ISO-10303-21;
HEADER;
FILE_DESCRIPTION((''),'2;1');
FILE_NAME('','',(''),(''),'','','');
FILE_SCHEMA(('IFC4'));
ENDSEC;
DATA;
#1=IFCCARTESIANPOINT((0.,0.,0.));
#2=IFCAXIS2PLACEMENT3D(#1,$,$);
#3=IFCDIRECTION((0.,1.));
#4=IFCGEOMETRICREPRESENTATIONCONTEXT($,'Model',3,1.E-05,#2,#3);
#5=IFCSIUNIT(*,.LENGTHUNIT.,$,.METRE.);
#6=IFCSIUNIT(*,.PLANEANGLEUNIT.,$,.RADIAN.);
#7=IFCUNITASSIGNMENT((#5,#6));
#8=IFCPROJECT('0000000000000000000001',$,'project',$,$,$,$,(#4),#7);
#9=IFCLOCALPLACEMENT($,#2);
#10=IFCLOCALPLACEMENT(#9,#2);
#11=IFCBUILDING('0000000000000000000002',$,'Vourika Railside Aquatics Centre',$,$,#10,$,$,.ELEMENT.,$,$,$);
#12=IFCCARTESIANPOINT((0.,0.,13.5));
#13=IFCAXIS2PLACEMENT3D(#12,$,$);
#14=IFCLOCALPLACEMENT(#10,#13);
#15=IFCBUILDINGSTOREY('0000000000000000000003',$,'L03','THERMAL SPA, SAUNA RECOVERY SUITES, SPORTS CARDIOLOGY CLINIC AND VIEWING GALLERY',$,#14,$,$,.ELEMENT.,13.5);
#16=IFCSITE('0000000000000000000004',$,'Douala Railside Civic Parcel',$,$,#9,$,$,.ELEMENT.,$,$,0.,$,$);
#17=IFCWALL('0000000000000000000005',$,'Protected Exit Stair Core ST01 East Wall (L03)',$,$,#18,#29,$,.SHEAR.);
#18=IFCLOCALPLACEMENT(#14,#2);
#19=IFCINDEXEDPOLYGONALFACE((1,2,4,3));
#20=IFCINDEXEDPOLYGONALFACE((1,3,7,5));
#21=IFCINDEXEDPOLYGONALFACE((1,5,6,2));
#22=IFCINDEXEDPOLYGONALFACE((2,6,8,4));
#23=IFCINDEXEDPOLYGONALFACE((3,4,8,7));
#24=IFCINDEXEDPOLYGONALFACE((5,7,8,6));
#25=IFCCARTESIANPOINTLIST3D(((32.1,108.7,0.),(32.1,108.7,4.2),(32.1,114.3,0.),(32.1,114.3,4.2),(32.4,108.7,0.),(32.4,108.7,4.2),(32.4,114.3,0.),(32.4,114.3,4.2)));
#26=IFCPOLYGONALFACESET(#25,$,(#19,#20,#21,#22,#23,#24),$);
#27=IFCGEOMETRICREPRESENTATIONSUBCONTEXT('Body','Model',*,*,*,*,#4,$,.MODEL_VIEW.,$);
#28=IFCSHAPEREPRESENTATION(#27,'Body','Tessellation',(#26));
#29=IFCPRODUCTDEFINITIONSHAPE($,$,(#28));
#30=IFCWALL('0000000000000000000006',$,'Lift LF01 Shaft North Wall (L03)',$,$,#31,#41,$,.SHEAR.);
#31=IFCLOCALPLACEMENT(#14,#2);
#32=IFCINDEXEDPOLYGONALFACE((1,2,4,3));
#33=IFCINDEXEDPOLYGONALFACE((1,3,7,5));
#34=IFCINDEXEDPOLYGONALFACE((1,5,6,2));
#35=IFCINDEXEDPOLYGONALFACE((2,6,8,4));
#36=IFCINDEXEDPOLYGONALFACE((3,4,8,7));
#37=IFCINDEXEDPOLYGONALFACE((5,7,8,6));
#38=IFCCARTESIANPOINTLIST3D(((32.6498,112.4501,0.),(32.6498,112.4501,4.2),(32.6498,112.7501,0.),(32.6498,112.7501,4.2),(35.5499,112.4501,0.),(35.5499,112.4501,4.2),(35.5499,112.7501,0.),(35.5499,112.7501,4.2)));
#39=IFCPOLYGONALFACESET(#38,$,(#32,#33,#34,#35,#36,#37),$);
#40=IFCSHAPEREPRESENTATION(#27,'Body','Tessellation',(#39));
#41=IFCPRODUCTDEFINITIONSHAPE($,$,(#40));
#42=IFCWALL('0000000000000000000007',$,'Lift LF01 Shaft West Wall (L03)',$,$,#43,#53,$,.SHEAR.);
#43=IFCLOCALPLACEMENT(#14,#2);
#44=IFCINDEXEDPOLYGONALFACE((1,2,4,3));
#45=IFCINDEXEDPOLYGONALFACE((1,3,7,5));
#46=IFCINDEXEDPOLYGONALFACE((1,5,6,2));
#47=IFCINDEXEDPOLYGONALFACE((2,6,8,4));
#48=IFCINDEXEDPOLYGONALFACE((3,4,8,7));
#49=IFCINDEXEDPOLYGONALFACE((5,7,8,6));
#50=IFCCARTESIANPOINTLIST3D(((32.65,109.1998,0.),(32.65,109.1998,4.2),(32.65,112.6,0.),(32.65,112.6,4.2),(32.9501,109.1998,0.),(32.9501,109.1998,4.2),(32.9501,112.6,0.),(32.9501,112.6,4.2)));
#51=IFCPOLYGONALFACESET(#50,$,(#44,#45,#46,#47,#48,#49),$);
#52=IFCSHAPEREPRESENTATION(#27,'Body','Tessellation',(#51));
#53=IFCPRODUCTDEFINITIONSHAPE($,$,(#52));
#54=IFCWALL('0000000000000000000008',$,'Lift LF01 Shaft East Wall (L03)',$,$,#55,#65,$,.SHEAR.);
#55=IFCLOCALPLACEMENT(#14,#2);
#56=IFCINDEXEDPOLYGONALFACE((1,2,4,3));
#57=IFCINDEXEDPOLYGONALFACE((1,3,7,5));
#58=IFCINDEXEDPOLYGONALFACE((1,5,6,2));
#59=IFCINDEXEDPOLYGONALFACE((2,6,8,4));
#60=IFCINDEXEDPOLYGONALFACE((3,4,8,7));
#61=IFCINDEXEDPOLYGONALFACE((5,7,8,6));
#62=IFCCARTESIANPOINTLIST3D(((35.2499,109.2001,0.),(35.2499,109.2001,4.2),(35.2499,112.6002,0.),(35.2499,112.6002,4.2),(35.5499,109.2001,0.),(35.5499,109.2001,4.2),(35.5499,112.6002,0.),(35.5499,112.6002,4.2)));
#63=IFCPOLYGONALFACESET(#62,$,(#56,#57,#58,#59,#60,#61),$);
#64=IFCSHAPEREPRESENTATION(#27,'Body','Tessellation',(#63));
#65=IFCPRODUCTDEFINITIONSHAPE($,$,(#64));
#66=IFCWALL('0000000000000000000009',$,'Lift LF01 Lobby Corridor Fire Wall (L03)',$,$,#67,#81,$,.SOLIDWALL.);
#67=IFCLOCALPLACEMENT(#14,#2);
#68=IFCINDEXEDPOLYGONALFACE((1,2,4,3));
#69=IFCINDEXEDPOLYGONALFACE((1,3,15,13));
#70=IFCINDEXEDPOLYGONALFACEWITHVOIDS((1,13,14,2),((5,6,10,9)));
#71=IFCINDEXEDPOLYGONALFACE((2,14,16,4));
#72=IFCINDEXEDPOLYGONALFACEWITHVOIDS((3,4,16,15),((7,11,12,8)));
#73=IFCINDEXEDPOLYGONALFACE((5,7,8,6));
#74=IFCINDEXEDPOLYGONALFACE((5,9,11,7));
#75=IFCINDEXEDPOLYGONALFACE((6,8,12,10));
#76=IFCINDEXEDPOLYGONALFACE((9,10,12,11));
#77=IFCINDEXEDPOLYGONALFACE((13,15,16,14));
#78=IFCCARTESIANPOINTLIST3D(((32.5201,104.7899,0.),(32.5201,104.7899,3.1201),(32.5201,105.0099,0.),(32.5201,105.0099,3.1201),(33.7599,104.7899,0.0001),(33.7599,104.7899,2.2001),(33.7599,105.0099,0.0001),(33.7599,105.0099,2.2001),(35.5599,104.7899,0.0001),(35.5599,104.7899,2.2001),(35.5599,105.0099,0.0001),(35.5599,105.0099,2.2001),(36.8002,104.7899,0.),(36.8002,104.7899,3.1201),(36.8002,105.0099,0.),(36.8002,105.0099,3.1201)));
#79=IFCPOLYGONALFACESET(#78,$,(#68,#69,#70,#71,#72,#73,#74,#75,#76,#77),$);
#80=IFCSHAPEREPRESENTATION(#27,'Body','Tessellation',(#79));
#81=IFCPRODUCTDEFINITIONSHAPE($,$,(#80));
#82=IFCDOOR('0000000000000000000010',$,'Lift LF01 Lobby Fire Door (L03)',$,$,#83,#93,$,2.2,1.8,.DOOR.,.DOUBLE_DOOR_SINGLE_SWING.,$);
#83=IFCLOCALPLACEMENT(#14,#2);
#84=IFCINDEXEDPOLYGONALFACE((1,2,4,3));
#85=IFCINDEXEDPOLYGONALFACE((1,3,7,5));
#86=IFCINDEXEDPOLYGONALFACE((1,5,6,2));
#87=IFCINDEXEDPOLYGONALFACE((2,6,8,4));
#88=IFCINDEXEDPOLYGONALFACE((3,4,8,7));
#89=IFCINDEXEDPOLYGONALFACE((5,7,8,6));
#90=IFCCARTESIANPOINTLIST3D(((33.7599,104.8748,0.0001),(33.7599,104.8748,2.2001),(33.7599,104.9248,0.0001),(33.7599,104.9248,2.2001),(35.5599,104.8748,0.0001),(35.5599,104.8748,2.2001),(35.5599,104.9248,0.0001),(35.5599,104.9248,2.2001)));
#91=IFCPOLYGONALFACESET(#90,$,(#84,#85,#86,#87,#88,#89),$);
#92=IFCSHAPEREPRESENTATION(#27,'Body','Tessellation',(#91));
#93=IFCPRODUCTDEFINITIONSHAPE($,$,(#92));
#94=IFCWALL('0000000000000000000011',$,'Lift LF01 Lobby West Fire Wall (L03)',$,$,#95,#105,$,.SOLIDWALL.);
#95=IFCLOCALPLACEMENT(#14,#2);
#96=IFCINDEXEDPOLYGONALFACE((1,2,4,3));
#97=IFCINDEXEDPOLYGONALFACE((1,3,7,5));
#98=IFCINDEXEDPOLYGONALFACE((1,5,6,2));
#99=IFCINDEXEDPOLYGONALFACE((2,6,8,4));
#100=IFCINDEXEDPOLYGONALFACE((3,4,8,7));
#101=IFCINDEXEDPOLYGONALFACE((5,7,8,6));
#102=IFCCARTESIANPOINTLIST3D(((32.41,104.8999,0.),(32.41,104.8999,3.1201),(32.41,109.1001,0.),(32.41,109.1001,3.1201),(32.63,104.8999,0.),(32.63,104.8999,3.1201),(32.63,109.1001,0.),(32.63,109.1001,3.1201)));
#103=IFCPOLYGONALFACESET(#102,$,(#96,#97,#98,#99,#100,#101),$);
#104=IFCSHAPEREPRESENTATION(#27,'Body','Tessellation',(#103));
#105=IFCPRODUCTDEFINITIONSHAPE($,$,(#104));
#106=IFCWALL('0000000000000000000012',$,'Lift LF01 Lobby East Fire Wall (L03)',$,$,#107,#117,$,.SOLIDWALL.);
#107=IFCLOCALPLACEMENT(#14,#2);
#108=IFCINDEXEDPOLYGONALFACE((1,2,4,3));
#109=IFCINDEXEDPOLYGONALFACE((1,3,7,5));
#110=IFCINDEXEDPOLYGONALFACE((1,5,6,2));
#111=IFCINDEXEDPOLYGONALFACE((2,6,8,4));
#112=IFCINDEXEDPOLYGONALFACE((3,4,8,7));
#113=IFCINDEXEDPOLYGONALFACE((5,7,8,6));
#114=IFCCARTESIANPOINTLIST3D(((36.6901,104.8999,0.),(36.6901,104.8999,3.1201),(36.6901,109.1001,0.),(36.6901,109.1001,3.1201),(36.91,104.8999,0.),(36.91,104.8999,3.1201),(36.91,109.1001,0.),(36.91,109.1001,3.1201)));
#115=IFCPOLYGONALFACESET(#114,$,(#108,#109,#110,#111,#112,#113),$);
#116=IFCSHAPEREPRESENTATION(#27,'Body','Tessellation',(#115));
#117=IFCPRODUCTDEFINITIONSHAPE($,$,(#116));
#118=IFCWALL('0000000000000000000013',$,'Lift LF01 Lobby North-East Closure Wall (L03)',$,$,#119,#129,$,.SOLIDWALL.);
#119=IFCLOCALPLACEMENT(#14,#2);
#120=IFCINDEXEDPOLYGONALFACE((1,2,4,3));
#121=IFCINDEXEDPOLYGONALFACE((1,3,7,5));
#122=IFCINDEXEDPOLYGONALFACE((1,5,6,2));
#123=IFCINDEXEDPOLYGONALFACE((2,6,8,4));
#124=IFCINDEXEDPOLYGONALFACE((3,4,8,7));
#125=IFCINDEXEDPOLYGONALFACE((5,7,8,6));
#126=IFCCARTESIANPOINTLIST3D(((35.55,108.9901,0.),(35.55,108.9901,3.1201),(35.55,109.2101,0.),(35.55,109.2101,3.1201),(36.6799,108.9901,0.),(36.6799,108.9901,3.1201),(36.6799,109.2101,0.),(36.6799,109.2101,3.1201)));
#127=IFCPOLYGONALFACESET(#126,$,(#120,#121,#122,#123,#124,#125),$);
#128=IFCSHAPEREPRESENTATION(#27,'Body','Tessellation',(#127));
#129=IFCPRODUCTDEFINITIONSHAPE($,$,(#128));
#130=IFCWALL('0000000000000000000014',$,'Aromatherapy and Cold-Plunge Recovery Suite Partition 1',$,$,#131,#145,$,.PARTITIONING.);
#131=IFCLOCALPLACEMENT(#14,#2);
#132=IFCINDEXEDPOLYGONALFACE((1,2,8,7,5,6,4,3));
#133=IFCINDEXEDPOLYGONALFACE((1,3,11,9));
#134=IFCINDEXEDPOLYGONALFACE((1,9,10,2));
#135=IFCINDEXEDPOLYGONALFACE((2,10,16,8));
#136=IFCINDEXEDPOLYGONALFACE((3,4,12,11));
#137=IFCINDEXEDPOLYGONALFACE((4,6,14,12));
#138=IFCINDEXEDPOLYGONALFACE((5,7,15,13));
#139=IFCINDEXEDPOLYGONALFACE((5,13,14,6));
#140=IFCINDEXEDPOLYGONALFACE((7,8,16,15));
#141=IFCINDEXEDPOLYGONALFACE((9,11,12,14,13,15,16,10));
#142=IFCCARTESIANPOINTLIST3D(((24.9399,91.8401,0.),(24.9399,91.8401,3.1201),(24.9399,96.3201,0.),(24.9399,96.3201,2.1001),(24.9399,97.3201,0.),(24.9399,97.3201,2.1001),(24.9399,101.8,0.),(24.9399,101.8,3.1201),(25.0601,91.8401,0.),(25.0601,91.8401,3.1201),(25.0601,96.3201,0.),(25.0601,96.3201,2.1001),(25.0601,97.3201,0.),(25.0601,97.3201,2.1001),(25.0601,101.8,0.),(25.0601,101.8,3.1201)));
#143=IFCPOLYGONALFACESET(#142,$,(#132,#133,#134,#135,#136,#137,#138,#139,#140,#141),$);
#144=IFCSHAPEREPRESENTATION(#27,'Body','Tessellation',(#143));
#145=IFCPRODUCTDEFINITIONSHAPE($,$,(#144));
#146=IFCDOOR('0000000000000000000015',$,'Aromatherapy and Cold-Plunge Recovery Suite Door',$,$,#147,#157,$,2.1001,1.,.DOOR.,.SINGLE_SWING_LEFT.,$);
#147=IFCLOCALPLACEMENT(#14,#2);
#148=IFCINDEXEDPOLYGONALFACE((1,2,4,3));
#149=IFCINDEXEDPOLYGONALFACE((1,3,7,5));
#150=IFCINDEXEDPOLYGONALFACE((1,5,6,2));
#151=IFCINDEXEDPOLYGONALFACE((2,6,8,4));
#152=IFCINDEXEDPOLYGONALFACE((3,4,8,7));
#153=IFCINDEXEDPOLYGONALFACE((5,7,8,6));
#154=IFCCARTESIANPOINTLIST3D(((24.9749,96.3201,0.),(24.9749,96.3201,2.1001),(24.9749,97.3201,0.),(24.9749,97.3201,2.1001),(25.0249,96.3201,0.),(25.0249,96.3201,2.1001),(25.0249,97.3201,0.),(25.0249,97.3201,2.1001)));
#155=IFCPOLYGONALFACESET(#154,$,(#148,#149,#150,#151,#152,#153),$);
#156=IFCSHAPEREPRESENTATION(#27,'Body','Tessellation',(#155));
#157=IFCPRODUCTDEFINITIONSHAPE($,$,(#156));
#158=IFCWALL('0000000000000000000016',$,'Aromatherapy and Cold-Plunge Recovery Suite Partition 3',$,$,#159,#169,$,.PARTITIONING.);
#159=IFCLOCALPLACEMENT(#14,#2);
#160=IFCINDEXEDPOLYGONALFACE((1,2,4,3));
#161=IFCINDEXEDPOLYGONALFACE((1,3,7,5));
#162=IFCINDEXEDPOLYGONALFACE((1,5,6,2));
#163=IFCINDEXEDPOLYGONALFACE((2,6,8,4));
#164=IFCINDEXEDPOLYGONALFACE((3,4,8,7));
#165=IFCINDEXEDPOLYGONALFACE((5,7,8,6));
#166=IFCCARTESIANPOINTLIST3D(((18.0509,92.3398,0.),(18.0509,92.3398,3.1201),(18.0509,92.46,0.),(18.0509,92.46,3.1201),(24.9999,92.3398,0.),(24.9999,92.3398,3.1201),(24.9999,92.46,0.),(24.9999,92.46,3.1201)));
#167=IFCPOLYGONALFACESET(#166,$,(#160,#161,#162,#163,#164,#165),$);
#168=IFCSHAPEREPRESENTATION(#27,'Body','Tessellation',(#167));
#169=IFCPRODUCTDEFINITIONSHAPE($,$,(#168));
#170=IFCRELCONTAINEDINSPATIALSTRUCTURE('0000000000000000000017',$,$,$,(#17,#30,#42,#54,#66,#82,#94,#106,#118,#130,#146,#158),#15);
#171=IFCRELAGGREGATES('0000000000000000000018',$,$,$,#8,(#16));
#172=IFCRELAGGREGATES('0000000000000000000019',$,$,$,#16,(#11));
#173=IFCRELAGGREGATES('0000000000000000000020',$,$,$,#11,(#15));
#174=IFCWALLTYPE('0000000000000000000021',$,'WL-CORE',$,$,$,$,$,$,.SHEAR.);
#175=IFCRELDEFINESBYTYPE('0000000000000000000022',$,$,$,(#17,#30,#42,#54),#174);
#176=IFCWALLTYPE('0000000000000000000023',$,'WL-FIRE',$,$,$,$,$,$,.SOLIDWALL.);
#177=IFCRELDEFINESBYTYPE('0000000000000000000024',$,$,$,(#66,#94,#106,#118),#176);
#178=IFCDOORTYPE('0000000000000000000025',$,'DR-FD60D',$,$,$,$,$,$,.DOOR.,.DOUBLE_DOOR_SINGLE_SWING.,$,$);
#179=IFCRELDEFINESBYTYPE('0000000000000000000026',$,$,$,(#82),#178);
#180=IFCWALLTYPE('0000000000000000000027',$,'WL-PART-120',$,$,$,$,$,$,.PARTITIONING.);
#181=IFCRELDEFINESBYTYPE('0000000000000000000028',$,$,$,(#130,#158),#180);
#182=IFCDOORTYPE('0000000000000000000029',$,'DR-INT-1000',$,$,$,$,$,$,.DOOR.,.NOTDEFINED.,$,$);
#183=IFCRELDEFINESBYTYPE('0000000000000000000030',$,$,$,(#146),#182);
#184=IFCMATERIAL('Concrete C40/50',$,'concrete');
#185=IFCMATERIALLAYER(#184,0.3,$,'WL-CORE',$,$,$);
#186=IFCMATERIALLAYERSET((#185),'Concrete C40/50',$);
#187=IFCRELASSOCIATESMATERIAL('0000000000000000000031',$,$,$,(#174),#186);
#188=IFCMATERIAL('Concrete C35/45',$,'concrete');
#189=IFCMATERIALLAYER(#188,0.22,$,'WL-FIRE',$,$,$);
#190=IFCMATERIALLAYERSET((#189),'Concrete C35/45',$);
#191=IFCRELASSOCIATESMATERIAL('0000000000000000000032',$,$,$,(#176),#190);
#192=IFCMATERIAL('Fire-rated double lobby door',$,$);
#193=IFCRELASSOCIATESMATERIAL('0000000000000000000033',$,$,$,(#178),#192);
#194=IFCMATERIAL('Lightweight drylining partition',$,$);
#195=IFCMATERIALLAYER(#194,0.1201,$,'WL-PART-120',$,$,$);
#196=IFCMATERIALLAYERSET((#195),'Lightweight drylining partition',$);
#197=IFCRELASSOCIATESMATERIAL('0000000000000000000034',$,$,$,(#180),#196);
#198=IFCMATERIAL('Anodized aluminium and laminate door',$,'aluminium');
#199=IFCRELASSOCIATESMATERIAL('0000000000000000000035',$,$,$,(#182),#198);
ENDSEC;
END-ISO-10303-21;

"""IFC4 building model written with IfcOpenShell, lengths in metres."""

from ifc_helpers import new_model, si_unit, direction, frame, frame_2d, origin, place, context, subcontext, project, spatial, rectangle, extrude, material, layer, layer_set, type_object, element, fill, save


model = new_model("IFC4")

# Units and contexts
model_context = context("Model", 3, precision=1e-05, world=origin(), true_north=direction((0.0, 1.0)))
body_context = subcontext(model_context, "Body", "Model", "MODEL_VIEW")
ifc_project = project(units=[si_unit("LENGTHUNIT", "METRE"), si_unit("PLANEANGLEUNIT", "RADIAN")], contexts=[model_context])

# Site, building, storey
site_placement = place(None, origin())
site = spatial("IfcSite", under=ifc_project, at=site_placement, Name="Douala Railside Civic Parcel", CompositionType="ELEMENT", RefElevation=0.0)
building_placement = place(site_placement, origin())
building = spatial("IfcBuilding", under=site, at=building_placement, Name="Vourika Railside Aquatics Centre", CompositionType="ELEMENT")
storey_placement = place(building_placement, frame((0.0, 0.0, 13.5)))
storey = spatial("IfcBuildingStorey", under=building, at=storey_placement, Name="L03", Description="THERMAL SPA, SAUNA RECOVERY SUITES, SPORTS CARDIOLOGY CLINIC AND VIEWING GALLERY", CompositionType="ELEMENT", Elevation=13.5)

# Shared definitions
ifc_material_1 = material(Name="Concrete C35/45", Category="concrete")

# Wall
ifc_material_2 = material(Name="Concrete C40/50", Category="concrete")
ifc_layer_1 = layer(ifc_material_2, 0.3, Name="WL-CORE")
ifc_layer_set_1 = layer_set([ifc_layer_1], Name="Concrete C40/50")
wall_type_1 = type_object("IfcWallType", Name="WL-CORE", PredefinedType="SHEAR", material=ifc_layer_set_1)
wall_1_placement = place(storey_placement, frame((32.25, 108.7, 0.0), z_axis=(0.0, 0.0, 1.0), x_axis=(0.0, 1.0, 0.0)))
element("IfcWall", 1, at=wall_1_placement, inside=storey, type_object=wall_type_1, Name="Protected Exit Stair Core ST01 East Wall (L03)", PredefinedType="SHEAR", context=body_context, shape_type="SweptSolid", body=[
    extrude(rectangle(XDim=5.6001, YDim=0.3, at=frame_2d((2.8, 0.0))), origin(), (0.0, 0.0, 1.0), 4.2),
])

# Walls
wall_2_placement = place(storey_placement, frame((35.55, 112.6001, 0.0), z_axis=(0.0, 0.0, 1.0), x_axis=(-1.0, 0.0, 0.0)))
element("IfcWall", 2, at=wall_2_placement, inside=storey, type_object=wall_type_1, Name="Lift LF01 Shaft North Wall (L03)", PredefinedType="SHEAR", context=body_context, shape_type="SweptSolid", body=[
    extrude(rectangle(XDim=2.9001, YDim=0.3, at=frame_2d((1.4502, 0.0))), origin(), (0.0, 0.0, 1.0), 4.2),
])
for number, where, z_axis, x_axis, name in (
    (3, (32.8, 112.6001, 0.0), (0.0, 0.0, 1.0), (0.0, -1.0, 0.0), "Lift LF01 Shaft West Wall (L03)"),
    (4, (35.3999, 109.2, 0.0), (0.0, 0.0, 1.0), (0.0, 1.0, 0.0), "Lift LF01 Shaft East Wall (L03)"),
):
    element("IfcWall", number, at=place(storey_placement, frame(where, z_axis=z_axis, x_axis=x_axis)), inside=storey, type_object=wall_type_1, Name=name, PredefinedType="SHEAR", context=body_context, shape_type="SweptSolid", body=[
        extrude(rectangle(XDim=3.4001, YDim=0.3, at=frame_2d((1.7002, 0.0))), origin(), (0.0, 0.0, 1.0), 4.2),
    ])

# Wall, opening, door
ifc_layer_2 = layer(ifc_material_1, 0.22, Name="WL-FIRE")
ifc_layer_set_2 = layer_set([ifc_layer_2], Name="Concrete C35/45")
wall_type_2 = type_object("IfcWallType", Name="WL-FIRE", PredefinedType="SOLIDWALL", material=ifc_layer_set_2)
wall_3_placement = place(storey_placement, frame((32.52, 104.8999, 0.0), z_axis=(0.0, 0.0, 1.0), x_axis=(1.0, 0.0, 0.0)))
wall_3 = element("IfcWall", 5, at=wall_3_placement, inside=storey, type_object=wall_type_2, Name="Lift LF01 Lobby Corridor Fire Wall (L03)", PredefinedType="SOLIDWALL", context=body_context, shape_type="SweptSolid", body=[
    extrude(rectangle(XDim=4.28, YDim=0.22, at=frame_2d((2.1401, 0.0))), origin(), (0.0, 0.0, 1.0), 3.1201),
])
opening_1_placement = place(wall_3_placement, frame((1.24, 0.0, 0.0)))
opening_1 = element("IfcOpeningElement", 6, at=opening_1_placement, cuts=wall_3, PredefinedType="OPENING", context=body_context, shape_type="SweptSolid", body=[
    extrude(rectangle(XDim=1.8, YDim=2.2, at=frame_2d((0.8999, 1.1001))), frame((0.0, 0.1201, 0.0), z_axis=(0.0, -1.0, 0.0), x_axis=(1.0, 0.0, 0.0)), (0.0, 0.0, 1.0), 0.24),
])
ifc_material_3 = material(Name="Fire-rated double lobby door")
door_type_1 = type_object("IfcDoorType", Name="DR-FD60D", OperationType="DOUBLE_DOOR_SINGLE_SWING", PredefinedType="DOOR", material=ifc_material_3)
door_1_placement = place(opening_1_placement, origin())
door_1 = element("IfcDoor", 7, at=door_1_placement, inside=storey, type_object=door_type_1, Name="Lift LF01 Lobby Fire Door (L03)", OperationType="DOUBLE_DOOR_SINGLE_SWING", OverallHeight=2.2, OverallWidth=1.8, PredefinedType="DOOR", context=body_context, shape_type="SweptSolid", body=[
    extrude(rectangle(XDim=1.8, YDim=2.2, at=frame_2d((0.8999, 1.1001))), frame((0.0, 0.0249, 0.0), z_axis=(0.0, -1.0, 0.0), x_axis=(1.0, 0.0, 0.0)), (0.0, 0.0, 1.0), 0.05),
])
fill(opening_1, door_1)

# Walls
for number, where, z_axis, x_axis, name in (
    (8, (32.52, 104.8999, 0.0), (0.0, 0.0, 1.0), (0.0, 1.0, 0.0), "Lift LF01 Lobby West Fire Wall (L03)"),
    (9, (36.8, 104.8999, 0.0), (0.0, 0.0, 1.0), (0.0, 1.0, 0.0), "Lift LF01 Lobby East Fire Wall (L03)"),
):
    element("IfcWall", number, at=place(storey_placement, frame(where, z_axis=z_axis, x_axis=x_axis)), inside=storey, type_object=wall_type_2, Name=name, PredefinedType="SOLIDWALL", context=body_context, shape_type="SweptSolid", body=[
        extrude(rectangle(XDim=4.2002, YDim=0.22, at=frame_2d((2.1001, 0.0))), origin(), (0.0, 0.0, 1.0), 3.1201),
    ])
wall_4_placement = place(storey_placement, frame((35.55, 109.1001, 0.0), z_axis=(0.0, 0.0, 1.0), x_axis=(1.0, 0.0, 0.0)))
element("IfcWall", 10, at=wall_4_placement, inside=storey, type_object=wall_type_2, Name="Lift LF01 Lobby North-East Closure Wall (L03)", PredefinedType="SOLIDWALL", context=body_context, shape_type="SweptSolid", body=[
    extrude(rectangle(XDim=1.1299, YDim=0.22, at=frame_2d((0.5649, 0.0))), origin(), (0.0, 0.0, 1.0), 3.1201),
])

# Wall, opening, door
ifc_material_4 = material(Name="Lightweight drylining partition")
ifc_layer_3 = layer(ifc_material_4, 0.1201, Name="WL-PART-120")
ifc_layer_set_3 = layer_set([ifc_layer_3], Name="Lightweight drylining partition")
wall_type_3 = type_object("IfcWallType", Name="WL-PART-120", PredefinedType="PARTITIONING", material=ifc_layer_set_3)
wall_5_placement = place(storey_placement, frame((25.0, 101.8, 0.0), z_axis=(0.0, 0.0, 1.0), x_axis=(0.0, -1.0, 0.0)))
wall_5 = element("IfcWall", 11, at=wall_5_placement, inside=storey, type_object=wall_type_3, Name="Aromatherapy and Cold-Plunge Recovery Suite Partition 1", PredefinedType="PARTITIONING", context=body_context, shape_type="SweptSolid", body=[
    extrude(rectangle(XDim=9.96, YDim=0.1201, at=frame_2d((4.98, 0.0))), origin(), (0.0, 0.0, 1.0), 3.1201),
])
opening_2_placement = place(wall_5_placement, frame((4.48, 0.0, 0.0)))
opening_2 = element("IfcOpeningElement", 12, at=opening_2_placement, cuts=wall_5, PredefinedType="OPENING", context=body_context, shape_type="SweptSolid", body=[
    extrude(rectangle(XDim=1.0, YDim=2.1001, at=frame_2d((0.5, 1.05))), frame((0.0, 0.0701, 0.0), z_axis=(0.0, -1.0, 0.0), x_axis=(1.0, 0.0, 0.0)), (0.0, 0.0, 1.0), 0.1401),
])
ifc_material_5 = material(Name="Anodized aluminium and laminate door", Category="aluminium")
door_type_2 = type_object("IfcDoorType", Name="DR-INT-1000", OperationType="NOTDEFINED", PredefinedType="DOOR", material=ifc_material_5)
door_2_placement = place(opening_2_placement, origin())
door_2 = element("IfcDoor", 13, at=door_2_placement, inside=storey, type_object=door_type_2, Name="Aromatherapy and Cold-Plunge Recovery Suite Door", OperationType="SINGLE_SWING_LEFT", OverallHeight=2.1001, OverallWidth=1.0, PredefinedType="DOOR", context=body_context, shape_type="SweptSolid", body=[
    extrude(rectangle(XDim=1.0, YDim=2.1001, at=frame_2d((0.5, 1.05))), frame((0.0, 0.0249, 0.0), z_axis=(0.0, -1.0, 0.0), x_axis=(1.0, 0.0, 0.0)), (0.0, 0.0, 1.0), 0.05),
])
fill(opening_2, door_2)

# Wall
wall_6_placement = place(storey_placement, frame((25.0, 92.3999, 0.0), z_axis=(0.0, 0.0, 1.0), x_axis=(-1.0, 0.0, 0.0)))
element("IfcWall", 14, at=wall_6_placement, inside=storey, type_object=wall_type_3, Name="Aromatherapy and Cold-Plunge Recovery Suite Partition 3", PredefinedType="PARTITIONING", context=body_context, shape_type="SweptSolid", body=[
    extrude(rectangle(XDim=6.949, YDim=0.1201, at=frame_2d((3.4746, 0.0))), origin(), (0.0, 0.0, 1.0), 3.1201),
])

save(model, "model.ifc")
